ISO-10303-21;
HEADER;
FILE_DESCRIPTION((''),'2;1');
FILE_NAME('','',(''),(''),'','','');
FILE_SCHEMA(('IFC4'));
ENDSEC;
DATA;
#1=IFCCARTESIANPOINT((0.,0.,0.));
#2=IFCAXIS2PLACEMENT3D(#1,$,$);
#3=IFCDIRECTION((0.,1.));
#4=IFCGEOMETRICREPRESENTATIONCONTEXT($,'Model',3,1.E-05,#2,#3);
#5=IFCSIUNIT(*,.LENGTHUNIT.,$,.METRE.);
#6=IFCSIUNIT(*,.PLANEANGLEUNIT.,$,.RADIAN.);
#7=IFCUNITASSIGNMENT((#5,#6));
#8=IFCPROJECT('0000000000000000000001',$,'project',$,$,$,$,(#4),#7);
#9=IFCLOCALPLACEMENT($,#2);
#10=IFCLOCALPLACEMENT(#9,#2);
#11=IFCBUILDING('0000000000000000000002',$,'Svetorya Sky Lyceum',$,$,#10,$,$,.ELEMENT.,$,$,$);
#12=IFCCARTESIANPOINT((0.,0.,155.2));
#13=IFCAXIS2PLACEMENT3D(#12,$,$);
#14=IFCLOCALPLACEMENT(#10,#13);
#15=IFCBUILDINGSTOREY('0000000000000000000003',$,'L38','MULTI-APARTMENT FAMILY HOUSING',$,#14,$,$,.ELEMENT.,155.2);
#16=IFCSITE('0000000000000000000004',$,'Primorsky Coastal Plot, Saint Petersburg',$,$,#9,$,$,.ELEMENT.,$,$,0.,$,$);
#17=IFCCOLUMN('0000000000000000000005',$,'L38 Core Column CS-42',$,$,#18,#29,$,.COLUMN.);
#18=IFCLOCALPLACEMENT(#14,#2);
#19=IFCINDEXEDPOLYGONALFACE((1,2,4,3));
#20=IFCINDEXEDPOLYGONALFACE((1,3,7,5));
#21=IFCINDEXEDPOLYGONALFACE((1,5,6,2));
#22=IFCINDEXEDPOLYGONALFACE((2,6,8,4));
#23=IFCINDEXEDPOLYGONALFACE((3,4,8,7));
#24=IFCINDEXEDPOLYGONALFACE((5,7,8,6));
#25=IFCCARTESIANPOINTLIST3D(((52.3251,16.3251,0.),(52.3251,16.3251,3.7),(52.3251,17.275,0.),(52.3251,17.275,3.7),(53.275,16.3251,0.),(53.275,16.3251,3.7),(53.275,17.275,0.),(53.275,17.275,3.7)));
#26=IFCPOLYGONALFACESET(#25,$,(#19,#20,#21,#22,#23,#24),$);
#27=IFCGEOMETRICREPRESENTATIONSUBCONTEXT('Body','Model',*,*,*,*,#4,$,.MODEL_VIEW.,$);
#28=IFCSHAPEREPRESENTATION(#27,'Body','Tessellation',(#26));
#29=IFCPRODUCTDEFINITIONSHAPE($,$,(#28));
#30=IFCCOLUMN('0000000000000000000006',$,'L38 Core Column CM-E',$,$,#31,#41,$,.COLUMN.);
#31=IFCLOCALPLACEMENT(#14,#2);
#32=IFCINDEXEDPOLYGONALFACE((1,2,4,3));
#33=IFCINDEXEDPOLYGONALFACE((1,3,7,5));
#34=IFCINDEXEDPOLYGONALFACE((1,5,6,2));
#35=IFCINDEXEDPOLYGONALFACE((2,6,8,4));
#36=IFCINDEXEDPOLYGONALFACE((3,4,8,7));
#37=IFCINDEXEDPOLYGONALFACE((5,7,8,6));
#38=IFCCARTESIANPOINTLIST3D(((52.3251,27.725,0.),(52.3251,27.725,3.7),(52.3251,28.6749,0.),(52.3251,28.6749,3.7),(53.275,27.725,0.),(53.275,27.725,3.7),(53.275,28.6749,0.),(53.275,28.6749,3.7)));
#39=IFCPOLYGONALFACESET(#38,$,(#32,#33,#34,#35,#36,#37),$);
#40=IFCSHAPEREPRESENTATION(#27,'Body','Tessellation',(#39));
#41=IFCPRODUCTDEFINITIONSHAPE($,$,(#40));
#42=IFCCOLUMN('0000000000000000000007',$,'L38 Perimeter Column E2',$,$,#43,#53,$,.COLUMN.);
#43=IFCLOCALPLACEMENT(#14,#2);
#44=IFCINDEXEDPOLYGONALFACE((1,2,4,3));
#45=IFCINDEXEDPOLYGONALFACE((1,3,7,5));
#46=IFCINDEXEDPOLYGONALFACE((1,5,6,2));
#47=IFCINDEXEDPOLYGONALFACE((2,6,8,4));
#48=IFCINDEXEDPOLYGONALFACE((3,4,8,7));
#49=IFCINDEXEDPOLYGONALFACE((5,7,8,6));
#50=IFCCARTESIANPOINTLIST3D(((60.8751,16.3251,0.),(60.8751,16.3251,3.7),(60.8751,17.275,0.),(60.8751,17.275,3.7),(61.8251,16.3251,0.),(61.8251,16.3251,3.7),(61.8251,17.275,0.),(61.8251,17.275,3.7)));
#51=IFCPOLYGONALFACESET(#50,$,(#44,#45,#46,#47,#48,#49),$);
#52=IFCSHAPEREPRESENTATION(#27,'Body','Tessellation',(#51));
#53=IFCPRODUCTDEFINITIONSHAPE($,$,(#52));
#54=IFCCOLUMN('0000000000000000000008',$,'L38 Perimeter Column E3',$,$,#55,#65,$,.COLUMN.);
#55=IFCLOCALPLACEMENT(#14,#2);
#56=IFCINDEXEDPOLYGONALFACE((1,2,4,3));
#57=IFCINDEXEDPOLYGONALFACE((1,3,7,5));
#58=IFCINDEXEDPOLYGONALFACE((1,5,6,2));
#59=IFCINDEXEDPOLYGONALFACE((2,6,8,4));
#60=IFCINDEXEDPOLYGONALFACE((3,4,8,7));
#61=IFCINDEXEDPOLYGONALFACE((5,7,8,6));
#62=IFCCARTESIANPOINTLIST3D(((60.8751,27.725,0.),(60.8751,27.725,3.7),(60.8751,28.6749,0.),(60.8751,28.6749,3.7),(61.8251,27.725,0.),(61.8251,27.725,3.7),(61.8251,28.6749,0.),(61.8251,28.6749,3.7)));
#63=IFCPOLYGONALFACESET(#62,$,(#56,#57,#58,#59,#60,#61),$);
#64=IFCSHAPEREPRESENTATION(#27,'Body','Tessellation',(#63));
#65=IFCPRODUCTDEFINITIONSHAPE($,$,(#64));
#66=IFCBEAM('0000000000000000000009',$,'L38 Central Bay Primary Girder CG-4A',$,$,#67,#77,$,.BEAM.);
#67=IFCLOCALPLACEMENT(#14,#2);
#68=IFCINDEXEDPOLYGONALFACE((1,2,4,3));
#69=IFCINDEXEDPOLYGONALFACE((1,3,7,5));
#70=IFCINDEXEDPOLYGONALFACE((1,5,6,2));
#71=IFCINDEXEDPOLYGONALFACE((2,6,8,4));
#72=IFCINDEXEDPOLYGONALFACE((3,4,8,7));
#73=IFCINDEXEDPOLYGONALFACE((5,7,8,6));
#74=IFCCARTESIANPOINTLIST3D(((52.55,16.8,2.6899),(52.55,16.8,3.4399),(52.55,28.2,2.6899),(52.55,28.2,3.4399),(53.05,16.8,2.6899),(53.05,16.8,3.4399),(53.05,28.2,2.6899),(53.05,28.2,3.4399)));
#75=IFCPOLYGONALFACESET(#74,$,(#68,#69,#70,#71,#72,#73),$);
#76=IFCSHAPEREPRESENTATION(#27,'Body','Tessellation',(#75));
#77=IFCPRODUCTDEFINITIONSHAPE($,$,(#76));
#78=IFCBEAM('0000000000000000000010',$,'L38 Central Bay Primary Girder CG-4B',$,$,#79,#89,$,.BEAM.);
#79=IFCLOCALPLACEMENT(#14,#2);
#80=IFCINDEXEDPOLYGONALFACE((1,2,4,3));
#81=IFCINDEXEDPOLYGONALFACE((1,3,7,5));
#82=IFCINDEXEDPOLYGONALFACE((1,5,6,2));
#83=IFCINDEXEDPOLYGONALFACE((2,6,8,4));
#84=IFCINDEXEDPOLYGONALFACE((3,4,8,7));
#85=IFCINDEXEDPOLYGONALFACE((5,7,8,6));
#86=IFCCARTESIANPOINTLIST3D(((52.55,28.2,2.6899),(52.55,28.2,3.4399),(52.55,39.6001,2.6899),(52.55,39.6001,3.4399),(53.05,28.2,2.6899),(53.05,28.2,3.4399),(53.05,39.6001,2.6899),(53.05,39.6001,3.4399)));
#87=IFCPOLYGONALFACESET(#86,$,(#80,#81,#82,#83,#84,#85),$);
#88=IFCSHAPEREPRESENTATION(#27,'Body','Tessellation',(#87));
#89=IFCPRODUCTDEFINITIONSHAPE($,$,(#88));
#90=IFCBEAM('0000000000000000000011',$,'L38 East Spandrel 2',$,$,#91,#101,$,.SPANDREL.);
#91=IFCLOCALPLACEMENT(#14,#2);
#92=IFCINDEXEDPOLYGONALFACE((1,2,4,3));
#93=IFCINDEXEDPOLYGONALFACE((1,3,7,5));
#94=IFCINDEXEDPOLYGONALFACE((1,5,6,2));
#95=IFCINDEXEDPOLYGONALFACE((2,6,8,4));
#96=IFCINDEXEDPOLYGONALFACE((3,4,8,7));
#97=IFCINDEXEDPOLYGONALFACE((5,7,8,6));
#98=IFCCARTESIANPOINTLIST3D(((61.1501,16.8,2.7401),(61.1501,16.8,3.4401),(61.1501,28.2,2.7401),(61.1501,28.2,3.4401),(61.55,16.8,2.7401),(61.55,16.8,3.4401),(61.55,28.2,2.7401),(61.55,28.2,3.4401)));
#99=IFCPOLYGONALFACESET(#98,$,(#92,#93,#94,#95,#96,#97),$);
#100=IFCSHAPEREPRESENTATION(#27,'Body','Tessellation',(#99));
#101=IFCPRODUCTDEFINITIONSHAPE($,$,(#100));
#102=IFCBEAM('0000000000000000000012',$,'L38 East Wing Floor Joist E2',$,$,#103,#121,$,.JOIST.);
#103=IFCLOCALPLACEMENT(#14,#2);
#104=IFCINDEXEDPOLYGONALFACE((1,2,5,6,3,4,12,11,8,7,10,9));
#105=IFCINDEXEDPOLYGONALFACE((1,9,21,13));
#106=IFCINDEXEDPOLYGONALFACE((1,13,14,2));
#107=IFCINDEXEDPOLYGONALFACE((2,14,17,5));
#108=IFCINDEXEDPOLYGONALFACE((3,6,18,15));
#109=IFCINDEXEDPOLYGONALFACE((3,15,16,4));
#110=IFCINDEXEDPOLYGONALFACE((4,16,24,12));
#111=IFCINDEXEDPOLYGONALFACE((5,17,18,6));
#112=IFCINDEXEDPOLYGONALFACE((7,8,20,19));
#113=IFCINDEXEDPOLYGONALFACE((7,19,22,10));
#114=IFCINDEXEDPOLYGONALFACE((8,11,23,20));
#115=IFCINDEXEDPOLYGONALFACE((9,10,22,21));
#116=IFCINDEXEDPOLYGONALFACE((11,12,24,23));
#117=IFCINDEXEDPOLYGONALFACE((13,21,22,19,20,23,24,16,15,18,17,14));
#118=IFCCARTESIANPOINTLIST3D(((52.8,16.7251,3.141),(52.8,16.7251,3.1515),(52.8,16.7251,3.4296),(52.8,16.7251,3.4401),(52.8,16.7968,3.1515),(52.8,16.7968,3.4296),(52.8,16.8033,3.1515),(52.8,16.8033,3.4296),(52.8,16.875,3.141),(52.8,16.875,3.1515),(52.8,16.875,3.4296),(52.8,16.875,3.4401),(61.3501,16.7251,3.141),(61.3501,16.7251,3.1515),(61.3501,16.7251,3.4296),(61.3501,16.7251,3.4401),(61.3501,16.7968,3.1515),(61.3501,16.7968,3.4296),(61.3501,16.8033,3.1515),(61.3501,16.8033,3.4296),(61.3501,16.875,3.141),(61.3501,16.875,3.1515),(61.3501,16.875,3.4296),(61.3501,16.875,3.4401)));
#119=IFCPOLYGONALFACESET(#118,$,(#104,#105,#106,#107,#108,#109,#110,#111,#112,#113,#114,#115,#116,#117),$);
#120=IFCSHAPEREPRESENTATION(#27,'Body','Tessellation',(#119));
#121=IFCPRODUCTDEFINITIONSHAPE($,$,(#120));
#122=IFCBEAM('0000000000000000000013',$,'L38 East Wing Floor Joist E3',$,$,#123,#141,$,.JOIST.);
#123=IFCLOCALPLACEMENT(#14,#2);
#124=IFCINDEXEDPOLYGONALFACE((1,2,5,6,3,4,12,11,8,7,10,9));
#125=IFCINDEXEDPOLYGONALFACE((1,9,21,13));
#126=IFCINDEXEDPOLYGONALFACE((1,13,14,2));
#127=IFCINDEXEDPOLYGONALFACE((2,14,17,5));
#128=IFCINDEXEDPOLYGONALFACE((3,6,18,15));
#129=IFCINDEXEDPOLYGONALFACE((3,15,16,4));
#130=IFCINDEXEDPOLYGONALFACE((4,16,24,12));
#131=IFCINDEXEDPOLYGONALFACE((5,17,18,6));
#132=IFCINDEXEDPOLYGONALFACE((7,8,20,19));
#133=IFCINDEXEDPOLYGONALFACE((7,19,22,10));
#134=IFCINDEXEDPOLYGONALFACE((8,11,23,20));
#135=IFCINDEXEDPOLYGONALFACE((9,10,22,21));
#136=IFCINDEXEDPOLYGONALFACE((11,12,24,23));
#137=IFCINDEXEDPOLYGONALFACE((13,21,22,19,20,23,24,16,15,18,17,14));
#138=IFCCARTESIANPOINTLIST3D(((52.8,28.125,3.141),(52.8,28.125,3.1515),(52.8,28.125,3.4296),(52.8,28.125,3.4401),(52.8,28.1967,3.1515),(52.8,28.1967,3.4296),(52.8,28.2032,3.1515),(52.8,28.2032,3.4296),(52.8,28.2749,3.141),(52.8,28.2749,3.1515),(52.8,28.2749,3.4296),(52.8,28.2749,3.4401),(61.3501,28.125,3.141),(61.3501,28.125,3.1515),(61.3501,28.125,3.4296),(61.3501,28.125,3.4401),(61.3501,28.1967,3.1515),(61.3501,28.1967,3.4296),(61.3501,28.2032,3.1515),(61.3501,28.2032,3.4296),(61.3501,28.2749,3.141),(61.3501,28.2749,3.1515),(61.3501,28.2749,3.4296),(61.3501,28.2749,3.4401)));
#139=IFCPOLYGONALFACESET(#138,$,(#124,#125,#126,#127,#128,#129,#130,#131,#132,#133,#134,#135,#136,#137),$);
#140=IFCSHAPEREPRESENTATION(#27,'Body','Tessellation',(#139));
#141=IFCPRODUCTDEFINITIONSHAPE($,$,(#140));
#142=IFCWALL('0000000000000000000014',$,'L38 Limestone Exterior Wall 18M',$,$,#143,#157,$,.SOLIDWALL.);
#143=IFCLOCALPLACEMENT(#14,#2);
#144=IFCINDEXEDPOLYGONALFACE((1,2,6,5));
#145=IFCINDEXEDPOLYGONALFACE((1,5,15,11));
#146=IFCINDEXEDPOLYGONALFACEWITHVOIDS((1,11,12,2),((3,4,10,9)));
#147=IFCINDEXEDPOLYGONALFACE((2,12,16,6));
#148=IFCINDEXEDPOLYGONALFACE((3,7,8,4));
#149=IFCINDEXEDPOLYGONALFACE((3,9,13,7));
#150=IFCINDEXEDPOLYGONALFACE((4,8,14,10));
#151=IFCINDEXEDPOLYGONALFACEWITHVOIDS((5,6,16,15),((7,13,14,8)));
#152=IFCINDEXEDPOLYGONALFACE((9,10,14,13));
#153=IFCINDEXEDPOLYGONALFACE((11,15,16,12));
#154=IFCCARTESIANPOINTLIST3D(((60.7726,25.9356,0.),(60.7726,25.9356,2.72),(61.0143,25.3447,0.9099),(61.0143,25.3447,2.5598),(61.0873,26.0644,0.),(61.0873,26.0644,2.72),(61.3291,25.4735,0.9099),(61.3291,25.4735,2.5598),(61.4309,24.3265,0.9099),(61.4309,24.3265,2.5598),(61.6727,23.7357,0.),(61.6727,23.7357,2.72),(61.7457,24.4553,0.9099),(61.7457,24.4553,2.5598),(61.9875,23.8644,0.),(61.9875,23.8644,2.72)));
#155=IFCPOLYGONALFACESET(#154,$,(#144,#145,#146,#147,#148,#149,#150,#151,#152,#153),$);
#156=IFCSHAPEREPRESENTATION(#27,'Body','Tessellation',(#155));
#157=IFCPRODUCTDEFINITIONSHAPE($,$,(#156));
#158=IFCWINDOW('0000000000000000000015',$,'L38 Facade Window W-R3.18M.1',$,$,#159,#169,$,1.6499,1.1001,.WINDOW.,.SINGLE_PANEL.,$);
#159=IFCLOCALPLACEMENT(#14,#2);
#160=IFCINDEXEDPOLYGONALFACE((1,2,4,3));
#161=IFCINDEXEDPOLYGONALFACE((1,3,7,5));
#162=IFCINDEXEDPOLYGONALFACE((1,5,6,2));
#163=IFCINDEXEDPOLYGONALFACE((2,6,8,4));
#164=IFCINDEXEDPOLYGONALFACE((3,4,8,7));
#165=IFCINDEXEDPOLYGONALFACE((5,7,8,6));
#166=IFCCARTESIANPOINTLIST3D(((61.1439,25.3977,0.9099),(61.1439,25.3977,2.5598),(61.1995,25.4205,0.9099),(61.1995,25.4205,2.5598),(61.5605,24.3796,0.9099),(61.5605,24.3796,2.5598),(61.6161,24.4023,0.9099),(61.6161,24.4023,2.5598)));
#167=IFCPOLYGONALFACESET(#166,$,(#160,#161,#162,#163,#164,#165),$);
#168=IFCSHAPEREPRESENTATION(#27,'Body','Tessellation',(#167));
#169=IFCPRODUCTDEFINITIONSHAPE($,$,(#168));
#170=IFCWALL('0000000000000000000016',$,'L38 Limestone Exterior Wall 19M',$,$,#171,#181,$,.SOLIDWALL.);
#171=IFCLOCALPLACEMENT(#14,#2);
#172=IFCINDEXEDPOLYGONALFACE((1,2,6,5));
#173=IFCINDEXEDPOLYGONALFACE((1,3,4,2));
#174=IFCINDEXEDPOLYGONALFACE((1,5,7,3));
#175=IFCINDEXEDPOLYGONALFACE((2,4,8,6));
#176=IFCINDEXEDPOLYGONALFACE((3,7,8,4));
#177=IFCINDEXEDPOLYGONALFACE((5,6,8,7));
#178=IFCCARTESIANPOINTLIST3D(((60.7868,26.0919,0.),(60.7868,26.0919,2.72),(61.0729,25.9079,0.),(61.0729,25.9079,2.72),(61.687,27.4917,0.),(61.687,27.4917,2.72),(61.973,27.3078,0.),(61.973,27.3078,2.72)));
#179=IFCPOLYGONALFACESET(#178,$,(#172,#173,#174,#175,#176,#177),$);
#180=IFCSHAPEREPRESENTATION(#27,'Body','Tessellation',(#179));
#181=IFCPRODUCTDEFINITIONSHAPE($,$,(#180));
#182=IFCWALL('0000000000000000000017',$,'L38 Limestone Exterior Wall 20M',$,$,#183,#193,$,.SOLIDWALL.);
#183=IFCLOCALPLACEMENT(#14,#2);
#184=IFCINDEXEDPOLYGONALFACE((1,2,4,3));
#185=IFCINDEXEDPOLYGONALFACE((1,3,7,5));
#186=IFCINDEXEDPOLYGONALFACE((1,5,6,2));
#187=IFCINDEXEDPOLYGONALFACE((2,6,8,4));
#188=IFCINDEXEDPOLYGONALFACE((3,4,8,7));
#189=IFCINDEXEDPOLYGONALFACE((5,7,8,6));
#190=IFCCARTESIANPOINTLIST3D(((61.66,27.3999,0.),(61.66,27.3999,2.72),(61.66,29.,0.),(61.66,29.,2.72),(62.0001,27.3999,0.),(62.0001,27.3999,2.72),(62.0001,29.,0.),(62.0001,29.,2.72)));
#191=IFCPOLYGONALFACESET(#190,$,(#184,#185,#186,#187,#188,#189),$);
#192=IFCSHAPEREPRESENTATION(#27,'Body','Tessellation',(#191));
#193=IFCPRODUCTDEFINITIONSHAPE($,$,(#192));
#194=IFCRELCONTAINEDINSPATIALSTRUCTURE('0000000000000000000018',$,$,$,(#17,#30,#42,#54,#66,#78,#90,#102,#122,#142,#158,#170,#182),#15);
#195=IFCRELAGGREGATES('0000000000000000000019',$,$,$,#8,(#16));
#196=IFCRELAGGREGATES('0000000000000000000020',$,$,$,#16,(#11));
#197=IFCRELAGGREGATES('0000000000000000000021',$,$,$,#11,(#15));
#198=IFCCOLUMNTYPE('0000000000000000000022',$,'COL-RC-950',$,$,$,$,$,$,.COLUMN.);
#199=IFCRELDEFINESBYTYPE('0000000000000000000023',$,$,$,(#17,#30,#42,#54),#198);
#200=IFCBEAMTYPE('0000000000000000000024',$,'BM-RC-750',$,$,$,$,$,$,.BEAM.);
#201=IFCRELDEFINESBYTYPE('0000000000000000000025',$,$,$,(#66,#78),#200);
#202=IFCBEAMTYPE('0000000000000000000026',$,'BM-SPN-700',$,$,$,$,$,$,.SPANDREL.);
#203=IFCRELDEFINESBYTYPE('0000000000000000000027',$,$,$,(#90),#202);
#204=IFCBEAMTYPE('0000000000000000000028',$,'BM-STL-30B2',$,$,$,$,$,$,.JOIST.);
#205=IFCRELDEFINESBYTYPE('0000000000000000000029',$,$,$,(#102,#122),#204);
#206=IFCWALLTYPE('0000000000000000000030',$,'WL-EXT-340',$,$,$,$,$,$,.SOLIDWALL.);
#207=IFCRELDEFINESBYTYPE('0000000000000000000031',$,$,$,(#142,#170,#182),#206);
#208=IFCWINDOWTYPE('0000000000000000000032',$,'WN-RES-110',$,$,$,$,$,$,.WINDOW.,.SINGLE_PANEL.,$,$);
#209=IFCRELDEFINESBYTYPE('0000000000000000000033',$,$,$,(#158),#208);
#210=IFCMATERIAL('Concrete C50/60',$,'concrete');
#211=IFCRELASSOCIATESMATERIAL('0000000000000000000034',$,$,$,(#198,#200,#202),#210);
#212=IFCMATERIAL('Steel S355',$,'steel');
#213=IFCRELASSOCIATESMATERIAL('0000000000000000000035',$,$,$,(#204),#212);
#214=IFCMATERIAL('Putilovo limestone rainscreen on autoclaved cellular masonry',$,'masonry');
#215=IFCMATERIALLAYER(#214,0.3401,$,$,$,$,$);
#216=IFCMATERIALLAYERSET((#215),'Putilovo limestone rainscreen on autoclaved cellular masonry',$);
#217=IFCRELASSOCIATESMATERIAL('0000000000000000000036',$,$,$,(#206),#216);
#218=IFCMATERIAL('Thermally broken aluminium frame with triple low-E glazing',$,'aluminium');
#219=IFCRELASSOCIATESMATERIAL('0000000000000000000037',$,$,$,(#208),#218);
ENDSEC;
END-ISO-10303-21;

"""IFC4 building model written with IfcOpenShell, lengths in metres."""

from ifc_helpers import new_model, si_unit, direction, frame, frame_2d, origin, origin_2d, place, context, subcontext, project, spatial, rectangle, i_section, extrude, material, layer, layer_set, material_profile, profile_set, type_object, element, fill, save


model = new_model("IFC4")

# Units and contexts
model_context = context("Model", 3, precision=1e-05, world=origin(), true_north=direction((0.0, 1.0)))
body_context = subcontext(model_context, "Body", "Model", "MODEL_VIEW")
ifc_project = project(units=[si_unit("LENGTHUNIT", "METRE"), si_unit("PLANEANGLEUNIT", "RADIAN")], contexts=[model_context])

# Site, building, storey
site_placement = place(None, origin())
site = spatial("IfcSite", under=ifc_project, at=site_placement, Name="Primorsky Coastal Plot, Saint Petersburg", CompositionType="ELEMENT", RefElevation=0.0)
building_placement = place(site_placement, origin())
building = spatial("IfcBuilding", under=site, at=building_placement, Name="Svetorya Sky Lyceum", CompositionType="ELEMENT")
storey_placement = place(building_placement, frame((0.0, 0.0, 155.2)))
storey = spatial("IfcBuildingStorey", under=building, at=storey_placement, Name="L38", Description="MULTI-APARTMENT FAMILY HOUSING", CompositionType="ELEMENT", Elevation=155.2)

# Columns
ifc_material_1 = material(Name="Concrete C50/60", Category="concrete")
ifc_material_profile_1 = material_profile(ifc_material_1, rectangle(XDim=0.95, YDim=0.95, at=origin_2d()), Name="RC COL 950x950")
ifc_profile_set_1 = profile_set([ifc_material_profile_1], Name="Concrete C50/60")
column_type = type_object("IfcColumnType", Name="COL-RC-950", PredefinedType="COLUMN", material=ifc_profile_set_1)
for number, where, z_axis, x_axis, name in (
    (1, (52.8, 16.8, 0.0), (0.0, 0.0, 1.0), (1.0, 0.0, 0.0), "L38 Core Column CS-42"),
    (2, (52.8, 28.2, 0.0), (0.0, 0.0, 1.0), (1.0, 0.0, 0.0), "L38 Core Column CM-E"),
    (3, (61.3501, 16.8, 0.0), (0.0, 0.0, 1.0), (1.0, 0.0, 0.0), "L38 Perimeter Column E2"),
    (4, (61.3501, 28.2, 0.0), (0.0, 0.0, 1.0), (1.0, 0.0, 0.0), "L38 Perimeter Column E3"),
):
    element("IfcColumn", number, at=place(storey_placement, frame(where, z_axis=z_axis, x_axis=x_axis)), inside=storey, type_object=column_type, Name=name, PredefinedType="COLUMN", context=body_context, shape_type="SweptSolid", body=[
        extrude(rectangle(XDim=0.95, YDim=0.95, at=origin_2d()), origin(), (0.0, 0.0, 1.0), 3.7),
    ])

# Beams
ifc_material_profile_2 = material_profile(ifc_material_1, rectangle(XDim=0.5, YDim=0.75, at=origin_2d()), Name="RC BEAM 500x750")
ifc_profile_set_2 = profile_set([ifc_material_profile_2], Name="Concrete C50/60")
beam_type_1 = type_object("IfcBeamType", Name="BM-RC-750", PredefinedType="BEAM", material=ifc_profile_set_2)
beam_1_placement = place(storey_placement, frame((52.8, 16.8, 3.0649), z_axis=(0.0, 1.0, 0.0), x_axis=(-1.0, 0.0, 0.0)))
element("IfcBeam", 5, at=beam_1_placement, inside=storey, type_object=beam_type_1, Name="L38 Central Bay Primary Girder CG-4A", PredefinedType="BEAM", context=body_context, shape_type="SweptSolid", body=[
    extrude(rectangle(XDim=0.5, YDim=0.75, at=origin_2d()), origin(), (0.0, 0.0, 1.0), 11.3999),
])
beam_2_placement = place(storey_placement, frame((52.8, 28.2, 3.0649), z_axis=(0.0, 1.0, 0.0), x_axis=(-1.0, 0.0, 0.0)))
element("IfcBeam", 6, at=beam_2_placement, inside=storey, type_object=beam_type_1, Name="L38 Central Bay Primary Girder CG-4B", PredefinedType="BEAM", context=body_context, shape_type="SweptSolid", body=[
    extrude(rectangle(XDim=0.5, YDim=0.75, at=origin_2d()), origin(), (0.0, 0.0, 1.0), 11.4001),
])
ifc_material_profile_3 = material_profile(ifc_material_1, rectangle(XDim=0.3999, YDim=0.7, at=origin_2d()), Name="RC SPANDREL 400x700")
ifc_profile_set_3 = profile_set([ifc_material_profile_3], Name="Concrete C50/60")
beam_type_2 = type_object("IfcBeamType", Name="BM-SPN-700", PredefinedType="SPANDREL", material=ifc_profile_set_3)
beam_3_placement = place(storey_placement, frame((61.3501, 16.8, 3.0901), z_axis=(0.0, 1.0, 0.0), x_axis=(-1.0, 0.0, 0.0)))
element("IfcBeam", 7, at=beam_3_placement, inside=storey, type_object=beam_type_2, Name="L38 East Spandrel 2", PredefinedType="SPANDREL", context=body_context, shape_type="SweptSolid", body=[
    extrude(rectangle(XDim=0.3999, YDim=0.7, at=origin_2d()), origin(), (0.0, 0.0, 1.0), 11.3999),
])
ifc_material_2 = material(Name="Steel S355", Category="steel")
ifc_material_profile_4 = material_profile(ifc_material_2, i_section(OverallWidth=0.1499, OverallDepth=0.2991, WebThickness=0.0066, FlangeThickness=0.0105, at=origin_2d()), Name="GOST 30B2")
ifc_profile_set_4 = profile_set([ifc_material_profile_4], Name="Steel S355")
beam_type_3 = type_object("IfcBeamType", Name="BM-STL-30B2", PredefinedType="JOIST", material=ifc_profile_set_4)
for number, where, z_axis, x_axis, name in (
    (8, (52.8, 16.8, 3.2905), (1.0, 0.0, 0.0), (0.0, 1.0, 0.0), "L38 East Wing Floor Joist E2"),
    (9, (52.8, 28.2, 3.2905), (1.0, 0.0, 0.0), (0.0, 1.0, 0.0), "L38 East Wing Floor Joist E3"),
):
    element("IfcBeam", number, at=place(storey_placement, frame(where, z_axis=z_axis, x_axis=x_axis)), inside=storey, type_object=beam_type_3, Name=name, PredefinedType="JOIST", context=body_context, shape_type="SweptSolid", body=[
        extrude(i_section(OverallWidth=0.1499, OverallDepth=0.2991, WebThickness=0.0066, FlangeThickness=0.0105, at=origin_2d()), origin(), (0.0, 0.0, 1.0), 8.55),
    ])

# Wall, opening, window
ifc_material_3 = material(Name="Putilovo limestone rainscreen on autoclaved cellular masonry", Category="masonry")
ifc_layer_1 = layer(ifc_material_3, 0.3401)
ifc_layer_set_1 = layer_set([ifc_layer_1], Name="Putilovo limestone rainscreen on autoclaved cellular masonry")
wall_type_1 = type_object("IfcWallType", Name="WL-EXT-340", PredefinedType="SOLIDWALL", material=ifc_layer_set_1)
wall_1_placement = place(storey_placement, frame((61.8301, 23.8, 0.0), z_axis=(0.0, 0.0, 1.0), x_axis=(-0.378693, 0.925522, 0.0)))
wall_1 = element("IfcWall", 10, at=wall_1_placement, inside=storey, type_object=wall_type_1, Name="L38 Limestone Exterior Wall 18M", PredefinedType="SOLIDWALL", context=body_context, shape_type="SweptSolid", body=[
    extrude(rectangle(XDim=2.377, YDim=0.3401, at=frame_2d((1.1885, 0.0))), origin(), (0.0, 0.0, 1.0), 2.72),
])
opening_1_placement = place(wall_1_placement, frame((0.6384, 0.0, 0.9099)))
opening_1 = element("IfcOpeningElement", 11, at=opening_1_placement, cuts=wall_1, PredefinedType="OPENING", context=body_context, shape_type="SweptSolid", body=[
    extrude(rectangle(XDim=1.1001, YDim=1.6499, at=frame_2d((0.55, 0.825))), frame((0.0, 0.1799, 0.0), z_axis=(0.0, -1.0, 0.0), x_axis=(1.0, 0.0, 0.0)), (0.0, 0.0, 1.0), 0.3601),
])
ifc_material_4 = material(Name="Thermally broken aluminium frame with triple low-E glazing", Category="aluminium")
window_type = type_object("IfcWindowType", Name="WN-RES-110", PartitioningType="SINGLE_PANEL", PredefinedType="WINDOW", material=ifc_material_4)
window_placement = place(opening_1_placement, origin())
window = element("IfcWindow", 12, at=window_placement, inside=storey, type_object=window_type, Name="L38 Facade Window W-R3.18M.1", OverallHeight=1.6499, OverallWidth=1.1001, PartitioningType="SINGLE_PANEL", PredefinedType="WINDOW", context=body_context, shape_type="SweptSolid", body=[
    extrude(rectangle(XDim=1.1001, YDim=1.6499, at=frame_2d((0.55, 0.825))), frame((0.0, 0.03, 0.0), z_axis=(0.0, -1.0, 0.0), x_axis=(1.0, 0.0, 0.0)), (0.0, 0.0, 1.0), 0.0601),
])
fill(opening_1, window)

# Walls
wall_2_placement = place(storey_placement, frame((60.9299, 26.0, 0.0), z_axis=(0.0, 0.0, 1.0), x_axis=(0.540847, 0.841121, 0.0)))
element("IfcWall", 13, at=wall_2_placement, inside=storey, type_object=wall_type_1, Name="L38 Limestone Exterior Wall 19M", PredefinedType="SOLIDWALL", context=body_context, shape_type="SweptSolid", body=[
    extrude(rectangle(XDim=1.6643, YDim=0.3401, at=frame_2d((0.832, 0.0))), origin(), (0.0, 0.0, 1.0), 2.72),
])
wall_3_placement = place(storey_placement, frame((61.8301, 27.3999, 0.0), z_axis=(0.0, 0.0, 1.0), x_axis=(0.0, 1.0, 0.0)))
element("IfcWall", 14, at=wall_3_placement, inside=storey, type_object=wall_type_1, Name="L38 Limestone Exterior Wall 20M", PredefinedType="SOLIDWALL", context=body_context, shape_type="SweptSolid", body=[
    extrude(rectangle(XDim=1.6001, YDim=0.3401, at=frame_2d((0.8, 0.0))), origin(), (0.0, 0.0, 1.0), 2.72),
])

save(model, "model.ifc")
